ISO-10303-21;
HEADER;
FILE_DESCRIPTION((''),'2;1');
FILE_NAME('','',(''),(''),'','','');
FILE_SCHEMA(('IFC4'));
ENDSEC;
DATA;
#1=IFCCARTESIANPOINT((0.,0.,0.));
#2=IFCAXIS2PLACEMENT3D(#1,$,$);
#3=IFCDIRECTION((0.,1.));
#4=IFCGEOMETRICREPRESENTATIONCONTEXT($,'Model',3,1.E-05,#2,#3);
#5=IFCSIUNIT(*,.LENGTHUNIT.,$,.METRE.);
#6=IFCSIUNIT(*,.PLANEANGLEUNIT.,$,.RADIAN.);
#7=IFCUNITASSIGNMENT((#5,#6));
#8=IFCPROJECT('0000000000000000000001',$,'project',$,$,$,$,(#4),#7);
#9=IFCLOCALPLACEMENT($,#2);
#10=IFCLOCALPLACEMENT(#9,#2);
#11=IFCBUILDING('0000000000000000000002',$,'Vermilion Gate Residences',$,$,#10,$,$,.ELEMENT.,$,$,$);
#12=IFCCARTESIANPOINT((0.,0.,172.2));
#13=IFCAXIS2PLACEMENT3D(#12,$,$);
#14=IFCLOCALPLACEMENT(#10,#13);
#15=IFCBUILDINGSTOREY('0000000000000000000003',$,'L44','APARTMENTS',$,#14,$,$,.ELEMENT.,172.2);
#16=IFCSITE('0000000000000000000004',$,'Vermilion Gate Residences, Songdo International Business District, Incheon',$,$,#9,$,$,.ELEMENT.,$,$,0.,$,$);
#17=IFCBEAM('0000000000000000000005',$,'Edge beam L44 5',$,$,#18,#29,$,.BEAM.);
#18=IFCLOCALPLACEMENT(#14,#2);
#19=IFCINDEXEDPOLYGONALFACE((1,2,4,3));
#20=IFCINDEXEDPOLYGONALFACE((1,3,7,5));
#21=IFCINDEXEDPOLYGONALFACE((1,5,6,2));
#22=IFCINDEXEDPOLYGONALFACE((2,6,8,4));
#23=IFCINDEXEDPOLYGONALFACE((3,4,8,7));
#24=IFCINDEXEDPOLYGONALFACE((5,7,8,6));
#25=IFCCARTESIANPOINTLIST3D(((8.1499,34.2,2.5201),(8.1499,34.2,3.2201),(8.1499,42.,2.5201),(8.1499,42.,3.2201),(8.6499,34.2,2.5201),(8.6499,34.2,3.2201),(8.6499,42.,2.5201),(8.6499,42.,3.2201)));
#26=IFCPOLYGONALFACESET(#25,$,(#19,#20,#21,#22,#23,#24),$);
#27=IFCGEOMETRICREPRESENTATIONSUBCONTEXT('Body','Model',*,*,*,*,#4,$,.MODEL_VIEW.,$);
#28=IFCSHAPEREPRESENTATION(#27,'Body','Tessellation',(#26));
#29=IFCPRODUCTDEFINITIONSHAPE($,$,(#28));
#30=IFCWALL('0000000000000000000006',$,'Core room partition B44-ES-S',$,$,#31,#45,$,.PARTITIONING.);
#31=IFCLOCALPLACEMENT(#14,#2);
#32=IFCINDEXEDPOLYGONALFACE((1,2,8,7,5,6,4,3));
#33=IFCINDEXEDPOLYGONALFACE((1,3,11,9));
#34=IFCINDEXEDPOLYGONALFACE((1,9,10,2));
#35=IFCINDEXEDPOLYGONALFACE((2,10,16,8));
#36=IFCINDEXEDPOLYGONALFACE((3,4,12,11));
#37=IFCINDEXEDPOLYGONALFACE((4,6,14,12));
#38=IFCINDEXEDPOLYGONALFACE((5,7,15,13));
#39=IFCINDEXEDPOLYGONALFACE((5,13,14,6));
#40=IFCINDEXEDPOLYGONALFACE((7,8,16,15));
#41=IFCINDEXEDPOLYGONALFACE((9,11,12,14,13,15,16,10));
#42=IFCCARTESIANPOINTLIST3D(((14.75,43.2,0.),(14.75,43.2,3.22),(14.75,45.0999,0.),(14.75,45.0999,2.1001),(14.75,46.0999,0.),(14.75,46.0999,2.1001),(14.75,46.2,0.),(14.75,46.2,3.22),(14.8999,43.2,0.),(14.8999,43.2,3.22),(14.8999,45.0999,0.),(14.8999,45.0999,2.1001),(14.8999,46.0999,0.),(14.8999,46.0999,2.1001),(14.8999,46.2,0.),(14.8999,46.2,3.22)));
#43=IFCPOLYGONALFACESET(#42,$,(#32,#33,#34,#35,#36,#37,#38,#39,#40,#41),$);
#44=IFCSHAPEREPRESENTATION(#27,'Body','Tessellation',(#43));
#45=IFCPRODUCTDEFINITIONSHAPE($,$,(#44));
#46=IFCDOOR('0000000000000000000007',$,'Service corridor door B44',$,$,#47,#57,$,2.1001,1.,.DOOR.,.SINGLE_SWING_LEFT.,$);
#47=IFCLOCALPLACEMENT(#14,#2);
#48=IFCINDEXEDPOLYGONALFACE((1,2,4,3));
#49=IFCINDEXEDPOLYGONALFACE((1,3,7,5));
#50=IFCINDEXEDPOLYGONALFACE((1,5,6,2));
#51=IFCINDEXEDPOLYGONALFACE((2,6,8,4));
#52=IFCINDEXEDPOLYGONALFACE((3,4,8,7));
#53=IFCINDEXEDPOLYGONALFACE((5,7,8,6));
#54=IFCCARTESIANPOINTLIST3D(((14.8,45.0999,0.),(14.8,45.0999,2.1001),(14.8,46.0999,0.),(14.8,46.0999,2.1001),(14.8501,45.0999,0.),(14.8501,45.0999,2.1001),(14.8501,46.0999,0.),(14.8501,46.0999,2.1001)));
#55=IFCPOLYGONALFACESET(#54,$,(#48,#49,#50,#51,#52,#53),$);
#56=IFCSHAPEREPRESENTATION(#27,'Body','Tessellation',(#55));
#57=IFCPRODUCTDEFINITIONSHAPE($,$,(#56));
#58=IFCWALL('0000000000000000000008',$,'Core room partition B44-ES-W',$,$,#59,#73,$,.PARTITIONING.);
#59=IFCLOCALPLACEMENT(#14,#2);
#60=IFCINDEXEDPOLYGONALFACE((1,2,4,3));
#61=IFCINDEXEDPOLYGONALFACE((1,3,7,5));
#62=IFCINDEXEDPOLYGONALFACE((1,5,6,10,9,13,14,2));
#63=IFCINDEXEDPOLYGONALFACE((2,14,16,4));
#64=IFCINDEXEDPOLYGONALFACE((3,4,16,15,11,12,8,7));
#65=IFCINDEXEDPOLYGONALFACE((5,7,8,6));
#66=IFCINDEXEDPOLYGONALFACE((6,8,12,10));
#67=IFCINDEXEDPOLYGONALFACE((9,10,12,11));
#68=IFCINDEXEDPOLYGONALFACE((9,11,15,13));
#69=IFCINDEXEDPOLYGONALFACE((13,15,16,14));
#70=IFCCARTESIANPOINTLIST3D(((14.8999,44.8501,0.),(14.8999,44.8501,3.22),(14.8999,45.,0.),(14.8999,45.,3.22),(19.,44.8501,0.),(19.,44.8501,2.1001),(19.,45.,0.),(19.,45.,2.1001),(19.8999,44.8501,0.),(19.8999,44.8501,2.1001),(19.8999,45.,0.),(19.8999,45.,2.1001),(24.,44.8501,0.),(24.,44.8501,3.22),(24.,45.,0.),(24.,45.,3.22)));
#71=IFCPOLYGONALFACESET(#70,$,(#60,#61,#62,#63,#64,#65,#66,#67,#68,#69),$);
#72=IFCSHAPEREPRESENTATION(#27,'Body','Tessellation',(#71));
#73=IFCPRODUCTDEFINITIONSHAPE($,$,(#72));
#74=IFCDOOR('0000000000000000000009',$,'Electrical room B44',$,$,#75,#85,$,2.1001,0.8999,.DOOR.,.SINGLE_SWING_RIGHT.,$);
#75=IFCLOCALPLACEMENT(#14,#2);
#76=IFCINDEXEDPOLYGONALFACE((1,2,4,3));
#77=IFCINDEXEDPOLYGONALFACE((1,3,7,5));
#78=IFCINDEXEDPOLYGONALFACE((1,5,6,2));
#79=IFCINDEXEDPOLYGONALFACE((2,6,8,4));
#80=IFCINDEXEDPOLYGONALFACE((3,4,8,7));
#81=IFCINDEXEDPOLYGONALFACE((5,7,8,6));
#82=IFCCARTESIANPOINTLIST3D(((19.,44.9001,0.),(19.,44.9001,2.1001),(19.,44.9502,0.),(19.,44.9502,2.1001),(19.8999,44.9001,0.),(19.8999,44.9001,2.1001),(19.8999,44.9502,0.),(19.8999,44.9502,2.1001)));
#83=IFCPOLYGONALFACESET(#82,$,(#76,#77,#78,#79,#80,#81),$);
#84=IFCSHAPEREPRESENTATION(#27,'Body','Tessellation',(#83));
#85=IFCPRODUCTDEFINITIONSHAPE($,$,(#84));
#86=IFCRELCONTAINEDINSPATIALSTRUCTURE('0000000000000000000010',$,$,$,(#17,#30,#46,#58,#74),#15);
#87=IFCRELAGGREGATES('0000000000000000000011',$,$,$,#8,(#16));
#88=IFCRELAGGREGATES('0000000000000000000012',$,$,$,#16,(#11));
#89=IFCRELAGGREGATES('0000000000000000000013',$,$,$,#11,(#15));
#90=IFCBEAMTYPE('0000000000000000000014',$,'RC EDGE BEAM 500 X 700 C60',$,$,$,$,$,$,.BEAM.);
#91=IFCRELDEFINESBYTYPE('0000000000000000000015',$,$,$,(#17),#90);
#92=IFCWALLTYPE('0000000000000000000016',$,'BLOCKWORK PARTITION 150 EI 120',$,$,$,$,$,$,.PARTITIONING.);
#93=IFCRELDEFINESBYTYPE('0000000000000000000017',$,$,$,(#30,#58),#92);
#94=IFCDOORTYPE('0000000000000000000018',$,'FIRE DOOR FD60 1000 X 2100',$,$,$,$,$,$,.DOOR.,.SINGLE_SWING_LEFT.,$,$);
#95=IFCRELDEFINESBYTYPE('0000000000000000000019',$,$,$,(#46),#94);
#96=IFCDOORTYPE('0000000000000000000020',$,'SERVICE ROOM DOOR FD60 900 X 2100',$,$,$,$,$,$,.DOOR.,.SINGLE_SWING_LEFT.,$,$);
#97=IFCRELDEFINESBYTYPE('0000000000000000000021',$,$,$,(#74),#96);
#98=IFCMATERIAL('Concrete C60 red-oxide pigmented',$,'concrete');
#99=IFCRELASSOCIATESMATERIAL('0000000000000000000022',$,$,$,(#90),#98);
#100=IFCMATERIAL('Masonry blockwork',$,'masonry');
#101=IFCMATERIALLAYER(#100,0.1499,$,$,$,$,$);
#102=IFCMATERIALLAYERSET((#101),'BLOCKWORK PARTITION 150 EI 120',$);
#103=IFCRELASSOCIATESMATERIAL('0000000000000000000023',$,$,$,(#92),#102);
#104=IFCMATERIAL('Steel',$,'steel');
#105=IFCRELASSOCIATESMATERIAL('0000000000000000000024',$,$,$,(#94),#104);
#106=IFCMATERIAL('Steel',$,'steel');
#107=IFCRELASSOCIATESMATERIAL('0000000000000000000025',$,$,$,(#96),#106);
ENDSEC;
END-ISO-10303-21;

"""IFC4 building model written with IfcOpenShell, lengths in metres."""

from ifc_helpers import new_model, si_unit, direction, frame, frame_2d, origin, origin_2d, place, context, subcontext, project, spatial, rectangle, extrude, material, layer, layer_set, material_profile, profile_set, type_object, element, fill, save


model = new_model("IFC4")

# Units and contexts
model_context = context("Model", 3, precision=1e-05, world=origin(), true_north=direction((0.0, 1.0)))
body_context = subcontext(model_context, "Body", "Model", "MODEL_VIEW")
ifc_project = project(units=[si_unit("LENGTHUNIT", "METRE"), si_unit("PLANEANGLEUNIT", "RADIAN")], contexts=[model_context])

# Site, building, storey
site_placement = place(None, origin())
site = spatial("IfcSite", under=ifc_project, at=site_placement, Name="Vermilion Gate Residences, Songdo International Business District, Incheon", CompositionType="ELEMENT", RefElevation=0.0)
building_placement = place(site_placement, origin())
building = spatial("IfcBuilding", under=site, at=building_placement, Name="Vermilion Gate Residences", CompositionType="ELEMENT")
storey_placement = place(building_placement, frame((0.0, 0.0, 172.2)))
storey = spatial("IfcBuildingStorey", under=building, at=storey_placement, Name="L44", Description="APARTMENTS", CompositionType="ELEMENT", Elevation=172.2)

# Beam
ifc_material_1 = material(Name="Concrete C60 red-oxide pigmented", Category="concrete")
ifc_material_profile_1 = material_profile(ifc_material_1, rectangle(XDim=0.5, YDim=0.7, at=origin_2d()), Name="RC-500x700")
ifc_profile_set_1 = profile_set([ifc_material_profile_1], Name="Concrete C60 red-oxide pigmented")
beam_type = type_object("IfcBeamType", Name="RC EDGE BEAM 500 X 700 C60", PredefinedType="BEAM", material=ifc_profile_set_1)
beam_placement = place(storey_placement, frame((8.3999, 34.2, 2.8701), z_axis=(0.0, 1.0, 0.0), x_axis=(-1.0, 0.0, 0.0)))
element("IfcBeam", 1, at=beam_placement, inside=storey, type_object=beam_type, Name="Edge beam L44 5", PredefinedType="BEAM", context=body_context, shape_type="SweptSolid", body=[
    extrude(rectangle(XDim=0.5, YDim=0.7, at=origin_2d()), origin(), (0.0, 0.0, 1.0), 7.8),
])

# Walls, openings, doors
ifc_material_2 = material(Name="Masonry blockwork", Category="masonry")
ifc_layer_1 = layer(ifc_material_2, 0.1499)
ifc_layer_set_1 = layer_set([ifc_layer_1], Name="BLOCKWORK PARTITION 150 EI 120")
wall_type_1 = type_object("IfcWallType", Name="BLOCKWORK PARTITION 150 EI 120", PredefinedType="PARTITIONING", material=ifc_layer_set_1)
wall_1_placement = place(storey_placement, frame((14.825, 46.2, 0.0), z_axis=(0.0, 0.0, 1.0), x_axis=(0.0, -1.0, 0.0)))
wall_1 = element("IfcWall", 2, at=wall_1_placement, inside=storey, type_object=wall_type_1, Name="Core room partition B44-ES-S", PredefinedType="PARTITIONING", context=body_context, shape_type="SweptSolid", body=[
    extrude(rectangle(XDim=3.0, YDim=0.1499, at=frame_2d((1.5, 0.0))), origin(), (0.0, 0.0, 1.0), 3.22),
])
opening_1_placement = place(wall_1_placement, frame((0.1001, 0.0, 0.0)))
opening_1 = element("IfcOpeningElement", 3, at=opening_1_placement, cuts=wall_1, PredefinedType="OPENING", context=body_context, shape_type="SweptSolid", body=[
    extrude(rectangle(XDim=1.0, YDim=2.1001, at=frame_2d((0.5, 1.05))), frame((0.0, 0.085, 0.0), z_axis=(0.0, -1.0, 0.0), x_axis=(1.0, 0.0, 0.0)), (0.0, 0.0, 1.0), 0.1699),
])
ifc_material_3 = material(Name="Steel", Category="steel")
door_type_1 = type_object("IfcDoorType", Name="FIRE DOOR FD60 1000 X 2100", OperationType="SINGLE_SWING_LEFT", PredefinedType="DOOR", material=ifc_material_3)
door_1_placement = place(opening_1_placement, frame((1.0, 0.0, 0.0), z_axis=(0.0, 0.0, 1.0), x_axis=(-1.0, 0.0, 0.0)))
door_1 = element("IfcDoor", 4, at=door_1_placement, inside=storey, type_object=door_type_1, Name="Service corridor door B44", OperationType="SINGLE_SWING_LEFT", OverallHeight=2.1001, OverallWidth=1.0, PredefinedType="DOOR", context=body_context, shape_type="SweptSolid", body=[
    extrude(rectangle(XDim=1.0, YDim=2.1001, at=frame_2d((0.5, 1.05))), frame((0.0, 0.0249, 0.0), z_axis=(0.0, -1.0, 0.0), x_axis=(1.0, 0.0, 0.0)), (0.0, 0.0, 1.0), 0.05),
])
fill(opening_1, door_1)
wall_2_placement = place(storey_placement, frame((14.8999, 44.925, 0.0), z_axis=(0.0, 0.0, 1.0), x_axis=(1.0, 0.0, 0.0)))
wall_2 = element("IfcWall", 5, at=wall_2_placement, inside=storey, type_object=wall_type_1, Name="Core room partition B44-ES-W", PredefinedType="PARTITIONING", context=body_context, shape_type="SweptSolid", body=[
    extrude(rectangle(XDim=9.1001, YDim=0.1499, at=frame_2d((4.55, 0.0))), origin(), (0.0, 0.0, 1.0), 3.22),
])
opening_2_placement = place(wall_2_placement, frame((4.1001, 0.0, 0.0)))
opening_2 = element("IfcOpeningElement", 6, at=opening_2_placement, cuts=wall_2, PredefinedType="OPENING", context=body_context, shape_type="SweptSolid", body=[
    extrude(rectangle(XDim=0.8999, YDim=2.1001, at=frame_2d((0.45, 1.05))), frame((0.0, 0.085, 0.0), z_axis=(0.0, -1.0, 0.0), x_axis=(1.0, 0.0, 0.0)), (0.0, 0.0, 1.0), 0.1699),
])
ifc_material_4 = material(Name="Steel", Category="steel")
door_type_2 = type_object("IfcDoorType", Name="SERVICE ROOM DOOR FD60 900 X 2100", OperationType="SINGLE_SWING_LEFT", PredefinedType="DOOR", material=ifc_material_4)
door_2_placement = place(opening_2_placement, frame((0.8999, 0.0, 0.0), z_axis=(0.0, 0.0, 1.0), x_axis=(-1.0, 0.0, 0.0)))
door_2 = element("IfcDoor", 7, at=door_2_placement, inside=storey, type_object=door_type_2, Name="Electrical room B44", OperationType="SINGLE_SWING_RIGHT", OverallHeight=2.1001, OverallWidth=0.8999, PredefinedType="DOOR", context=body_context, shape_type="SweptSolid", body=[
    extrude(rectangle(XDim=0.8999, YDim=2.1001, at=frame_2d((0.45, 1.05))), frame((0.0, 0.0249, 0.0), z_axis=(0.0, -1.0, 0.0), x_axis=(1.0, 0.0, 0.0)), (0.0, 0.0, 1.0), 0.05),
])
fill(opening_2, door_2)

save(model, "model.ifc")
